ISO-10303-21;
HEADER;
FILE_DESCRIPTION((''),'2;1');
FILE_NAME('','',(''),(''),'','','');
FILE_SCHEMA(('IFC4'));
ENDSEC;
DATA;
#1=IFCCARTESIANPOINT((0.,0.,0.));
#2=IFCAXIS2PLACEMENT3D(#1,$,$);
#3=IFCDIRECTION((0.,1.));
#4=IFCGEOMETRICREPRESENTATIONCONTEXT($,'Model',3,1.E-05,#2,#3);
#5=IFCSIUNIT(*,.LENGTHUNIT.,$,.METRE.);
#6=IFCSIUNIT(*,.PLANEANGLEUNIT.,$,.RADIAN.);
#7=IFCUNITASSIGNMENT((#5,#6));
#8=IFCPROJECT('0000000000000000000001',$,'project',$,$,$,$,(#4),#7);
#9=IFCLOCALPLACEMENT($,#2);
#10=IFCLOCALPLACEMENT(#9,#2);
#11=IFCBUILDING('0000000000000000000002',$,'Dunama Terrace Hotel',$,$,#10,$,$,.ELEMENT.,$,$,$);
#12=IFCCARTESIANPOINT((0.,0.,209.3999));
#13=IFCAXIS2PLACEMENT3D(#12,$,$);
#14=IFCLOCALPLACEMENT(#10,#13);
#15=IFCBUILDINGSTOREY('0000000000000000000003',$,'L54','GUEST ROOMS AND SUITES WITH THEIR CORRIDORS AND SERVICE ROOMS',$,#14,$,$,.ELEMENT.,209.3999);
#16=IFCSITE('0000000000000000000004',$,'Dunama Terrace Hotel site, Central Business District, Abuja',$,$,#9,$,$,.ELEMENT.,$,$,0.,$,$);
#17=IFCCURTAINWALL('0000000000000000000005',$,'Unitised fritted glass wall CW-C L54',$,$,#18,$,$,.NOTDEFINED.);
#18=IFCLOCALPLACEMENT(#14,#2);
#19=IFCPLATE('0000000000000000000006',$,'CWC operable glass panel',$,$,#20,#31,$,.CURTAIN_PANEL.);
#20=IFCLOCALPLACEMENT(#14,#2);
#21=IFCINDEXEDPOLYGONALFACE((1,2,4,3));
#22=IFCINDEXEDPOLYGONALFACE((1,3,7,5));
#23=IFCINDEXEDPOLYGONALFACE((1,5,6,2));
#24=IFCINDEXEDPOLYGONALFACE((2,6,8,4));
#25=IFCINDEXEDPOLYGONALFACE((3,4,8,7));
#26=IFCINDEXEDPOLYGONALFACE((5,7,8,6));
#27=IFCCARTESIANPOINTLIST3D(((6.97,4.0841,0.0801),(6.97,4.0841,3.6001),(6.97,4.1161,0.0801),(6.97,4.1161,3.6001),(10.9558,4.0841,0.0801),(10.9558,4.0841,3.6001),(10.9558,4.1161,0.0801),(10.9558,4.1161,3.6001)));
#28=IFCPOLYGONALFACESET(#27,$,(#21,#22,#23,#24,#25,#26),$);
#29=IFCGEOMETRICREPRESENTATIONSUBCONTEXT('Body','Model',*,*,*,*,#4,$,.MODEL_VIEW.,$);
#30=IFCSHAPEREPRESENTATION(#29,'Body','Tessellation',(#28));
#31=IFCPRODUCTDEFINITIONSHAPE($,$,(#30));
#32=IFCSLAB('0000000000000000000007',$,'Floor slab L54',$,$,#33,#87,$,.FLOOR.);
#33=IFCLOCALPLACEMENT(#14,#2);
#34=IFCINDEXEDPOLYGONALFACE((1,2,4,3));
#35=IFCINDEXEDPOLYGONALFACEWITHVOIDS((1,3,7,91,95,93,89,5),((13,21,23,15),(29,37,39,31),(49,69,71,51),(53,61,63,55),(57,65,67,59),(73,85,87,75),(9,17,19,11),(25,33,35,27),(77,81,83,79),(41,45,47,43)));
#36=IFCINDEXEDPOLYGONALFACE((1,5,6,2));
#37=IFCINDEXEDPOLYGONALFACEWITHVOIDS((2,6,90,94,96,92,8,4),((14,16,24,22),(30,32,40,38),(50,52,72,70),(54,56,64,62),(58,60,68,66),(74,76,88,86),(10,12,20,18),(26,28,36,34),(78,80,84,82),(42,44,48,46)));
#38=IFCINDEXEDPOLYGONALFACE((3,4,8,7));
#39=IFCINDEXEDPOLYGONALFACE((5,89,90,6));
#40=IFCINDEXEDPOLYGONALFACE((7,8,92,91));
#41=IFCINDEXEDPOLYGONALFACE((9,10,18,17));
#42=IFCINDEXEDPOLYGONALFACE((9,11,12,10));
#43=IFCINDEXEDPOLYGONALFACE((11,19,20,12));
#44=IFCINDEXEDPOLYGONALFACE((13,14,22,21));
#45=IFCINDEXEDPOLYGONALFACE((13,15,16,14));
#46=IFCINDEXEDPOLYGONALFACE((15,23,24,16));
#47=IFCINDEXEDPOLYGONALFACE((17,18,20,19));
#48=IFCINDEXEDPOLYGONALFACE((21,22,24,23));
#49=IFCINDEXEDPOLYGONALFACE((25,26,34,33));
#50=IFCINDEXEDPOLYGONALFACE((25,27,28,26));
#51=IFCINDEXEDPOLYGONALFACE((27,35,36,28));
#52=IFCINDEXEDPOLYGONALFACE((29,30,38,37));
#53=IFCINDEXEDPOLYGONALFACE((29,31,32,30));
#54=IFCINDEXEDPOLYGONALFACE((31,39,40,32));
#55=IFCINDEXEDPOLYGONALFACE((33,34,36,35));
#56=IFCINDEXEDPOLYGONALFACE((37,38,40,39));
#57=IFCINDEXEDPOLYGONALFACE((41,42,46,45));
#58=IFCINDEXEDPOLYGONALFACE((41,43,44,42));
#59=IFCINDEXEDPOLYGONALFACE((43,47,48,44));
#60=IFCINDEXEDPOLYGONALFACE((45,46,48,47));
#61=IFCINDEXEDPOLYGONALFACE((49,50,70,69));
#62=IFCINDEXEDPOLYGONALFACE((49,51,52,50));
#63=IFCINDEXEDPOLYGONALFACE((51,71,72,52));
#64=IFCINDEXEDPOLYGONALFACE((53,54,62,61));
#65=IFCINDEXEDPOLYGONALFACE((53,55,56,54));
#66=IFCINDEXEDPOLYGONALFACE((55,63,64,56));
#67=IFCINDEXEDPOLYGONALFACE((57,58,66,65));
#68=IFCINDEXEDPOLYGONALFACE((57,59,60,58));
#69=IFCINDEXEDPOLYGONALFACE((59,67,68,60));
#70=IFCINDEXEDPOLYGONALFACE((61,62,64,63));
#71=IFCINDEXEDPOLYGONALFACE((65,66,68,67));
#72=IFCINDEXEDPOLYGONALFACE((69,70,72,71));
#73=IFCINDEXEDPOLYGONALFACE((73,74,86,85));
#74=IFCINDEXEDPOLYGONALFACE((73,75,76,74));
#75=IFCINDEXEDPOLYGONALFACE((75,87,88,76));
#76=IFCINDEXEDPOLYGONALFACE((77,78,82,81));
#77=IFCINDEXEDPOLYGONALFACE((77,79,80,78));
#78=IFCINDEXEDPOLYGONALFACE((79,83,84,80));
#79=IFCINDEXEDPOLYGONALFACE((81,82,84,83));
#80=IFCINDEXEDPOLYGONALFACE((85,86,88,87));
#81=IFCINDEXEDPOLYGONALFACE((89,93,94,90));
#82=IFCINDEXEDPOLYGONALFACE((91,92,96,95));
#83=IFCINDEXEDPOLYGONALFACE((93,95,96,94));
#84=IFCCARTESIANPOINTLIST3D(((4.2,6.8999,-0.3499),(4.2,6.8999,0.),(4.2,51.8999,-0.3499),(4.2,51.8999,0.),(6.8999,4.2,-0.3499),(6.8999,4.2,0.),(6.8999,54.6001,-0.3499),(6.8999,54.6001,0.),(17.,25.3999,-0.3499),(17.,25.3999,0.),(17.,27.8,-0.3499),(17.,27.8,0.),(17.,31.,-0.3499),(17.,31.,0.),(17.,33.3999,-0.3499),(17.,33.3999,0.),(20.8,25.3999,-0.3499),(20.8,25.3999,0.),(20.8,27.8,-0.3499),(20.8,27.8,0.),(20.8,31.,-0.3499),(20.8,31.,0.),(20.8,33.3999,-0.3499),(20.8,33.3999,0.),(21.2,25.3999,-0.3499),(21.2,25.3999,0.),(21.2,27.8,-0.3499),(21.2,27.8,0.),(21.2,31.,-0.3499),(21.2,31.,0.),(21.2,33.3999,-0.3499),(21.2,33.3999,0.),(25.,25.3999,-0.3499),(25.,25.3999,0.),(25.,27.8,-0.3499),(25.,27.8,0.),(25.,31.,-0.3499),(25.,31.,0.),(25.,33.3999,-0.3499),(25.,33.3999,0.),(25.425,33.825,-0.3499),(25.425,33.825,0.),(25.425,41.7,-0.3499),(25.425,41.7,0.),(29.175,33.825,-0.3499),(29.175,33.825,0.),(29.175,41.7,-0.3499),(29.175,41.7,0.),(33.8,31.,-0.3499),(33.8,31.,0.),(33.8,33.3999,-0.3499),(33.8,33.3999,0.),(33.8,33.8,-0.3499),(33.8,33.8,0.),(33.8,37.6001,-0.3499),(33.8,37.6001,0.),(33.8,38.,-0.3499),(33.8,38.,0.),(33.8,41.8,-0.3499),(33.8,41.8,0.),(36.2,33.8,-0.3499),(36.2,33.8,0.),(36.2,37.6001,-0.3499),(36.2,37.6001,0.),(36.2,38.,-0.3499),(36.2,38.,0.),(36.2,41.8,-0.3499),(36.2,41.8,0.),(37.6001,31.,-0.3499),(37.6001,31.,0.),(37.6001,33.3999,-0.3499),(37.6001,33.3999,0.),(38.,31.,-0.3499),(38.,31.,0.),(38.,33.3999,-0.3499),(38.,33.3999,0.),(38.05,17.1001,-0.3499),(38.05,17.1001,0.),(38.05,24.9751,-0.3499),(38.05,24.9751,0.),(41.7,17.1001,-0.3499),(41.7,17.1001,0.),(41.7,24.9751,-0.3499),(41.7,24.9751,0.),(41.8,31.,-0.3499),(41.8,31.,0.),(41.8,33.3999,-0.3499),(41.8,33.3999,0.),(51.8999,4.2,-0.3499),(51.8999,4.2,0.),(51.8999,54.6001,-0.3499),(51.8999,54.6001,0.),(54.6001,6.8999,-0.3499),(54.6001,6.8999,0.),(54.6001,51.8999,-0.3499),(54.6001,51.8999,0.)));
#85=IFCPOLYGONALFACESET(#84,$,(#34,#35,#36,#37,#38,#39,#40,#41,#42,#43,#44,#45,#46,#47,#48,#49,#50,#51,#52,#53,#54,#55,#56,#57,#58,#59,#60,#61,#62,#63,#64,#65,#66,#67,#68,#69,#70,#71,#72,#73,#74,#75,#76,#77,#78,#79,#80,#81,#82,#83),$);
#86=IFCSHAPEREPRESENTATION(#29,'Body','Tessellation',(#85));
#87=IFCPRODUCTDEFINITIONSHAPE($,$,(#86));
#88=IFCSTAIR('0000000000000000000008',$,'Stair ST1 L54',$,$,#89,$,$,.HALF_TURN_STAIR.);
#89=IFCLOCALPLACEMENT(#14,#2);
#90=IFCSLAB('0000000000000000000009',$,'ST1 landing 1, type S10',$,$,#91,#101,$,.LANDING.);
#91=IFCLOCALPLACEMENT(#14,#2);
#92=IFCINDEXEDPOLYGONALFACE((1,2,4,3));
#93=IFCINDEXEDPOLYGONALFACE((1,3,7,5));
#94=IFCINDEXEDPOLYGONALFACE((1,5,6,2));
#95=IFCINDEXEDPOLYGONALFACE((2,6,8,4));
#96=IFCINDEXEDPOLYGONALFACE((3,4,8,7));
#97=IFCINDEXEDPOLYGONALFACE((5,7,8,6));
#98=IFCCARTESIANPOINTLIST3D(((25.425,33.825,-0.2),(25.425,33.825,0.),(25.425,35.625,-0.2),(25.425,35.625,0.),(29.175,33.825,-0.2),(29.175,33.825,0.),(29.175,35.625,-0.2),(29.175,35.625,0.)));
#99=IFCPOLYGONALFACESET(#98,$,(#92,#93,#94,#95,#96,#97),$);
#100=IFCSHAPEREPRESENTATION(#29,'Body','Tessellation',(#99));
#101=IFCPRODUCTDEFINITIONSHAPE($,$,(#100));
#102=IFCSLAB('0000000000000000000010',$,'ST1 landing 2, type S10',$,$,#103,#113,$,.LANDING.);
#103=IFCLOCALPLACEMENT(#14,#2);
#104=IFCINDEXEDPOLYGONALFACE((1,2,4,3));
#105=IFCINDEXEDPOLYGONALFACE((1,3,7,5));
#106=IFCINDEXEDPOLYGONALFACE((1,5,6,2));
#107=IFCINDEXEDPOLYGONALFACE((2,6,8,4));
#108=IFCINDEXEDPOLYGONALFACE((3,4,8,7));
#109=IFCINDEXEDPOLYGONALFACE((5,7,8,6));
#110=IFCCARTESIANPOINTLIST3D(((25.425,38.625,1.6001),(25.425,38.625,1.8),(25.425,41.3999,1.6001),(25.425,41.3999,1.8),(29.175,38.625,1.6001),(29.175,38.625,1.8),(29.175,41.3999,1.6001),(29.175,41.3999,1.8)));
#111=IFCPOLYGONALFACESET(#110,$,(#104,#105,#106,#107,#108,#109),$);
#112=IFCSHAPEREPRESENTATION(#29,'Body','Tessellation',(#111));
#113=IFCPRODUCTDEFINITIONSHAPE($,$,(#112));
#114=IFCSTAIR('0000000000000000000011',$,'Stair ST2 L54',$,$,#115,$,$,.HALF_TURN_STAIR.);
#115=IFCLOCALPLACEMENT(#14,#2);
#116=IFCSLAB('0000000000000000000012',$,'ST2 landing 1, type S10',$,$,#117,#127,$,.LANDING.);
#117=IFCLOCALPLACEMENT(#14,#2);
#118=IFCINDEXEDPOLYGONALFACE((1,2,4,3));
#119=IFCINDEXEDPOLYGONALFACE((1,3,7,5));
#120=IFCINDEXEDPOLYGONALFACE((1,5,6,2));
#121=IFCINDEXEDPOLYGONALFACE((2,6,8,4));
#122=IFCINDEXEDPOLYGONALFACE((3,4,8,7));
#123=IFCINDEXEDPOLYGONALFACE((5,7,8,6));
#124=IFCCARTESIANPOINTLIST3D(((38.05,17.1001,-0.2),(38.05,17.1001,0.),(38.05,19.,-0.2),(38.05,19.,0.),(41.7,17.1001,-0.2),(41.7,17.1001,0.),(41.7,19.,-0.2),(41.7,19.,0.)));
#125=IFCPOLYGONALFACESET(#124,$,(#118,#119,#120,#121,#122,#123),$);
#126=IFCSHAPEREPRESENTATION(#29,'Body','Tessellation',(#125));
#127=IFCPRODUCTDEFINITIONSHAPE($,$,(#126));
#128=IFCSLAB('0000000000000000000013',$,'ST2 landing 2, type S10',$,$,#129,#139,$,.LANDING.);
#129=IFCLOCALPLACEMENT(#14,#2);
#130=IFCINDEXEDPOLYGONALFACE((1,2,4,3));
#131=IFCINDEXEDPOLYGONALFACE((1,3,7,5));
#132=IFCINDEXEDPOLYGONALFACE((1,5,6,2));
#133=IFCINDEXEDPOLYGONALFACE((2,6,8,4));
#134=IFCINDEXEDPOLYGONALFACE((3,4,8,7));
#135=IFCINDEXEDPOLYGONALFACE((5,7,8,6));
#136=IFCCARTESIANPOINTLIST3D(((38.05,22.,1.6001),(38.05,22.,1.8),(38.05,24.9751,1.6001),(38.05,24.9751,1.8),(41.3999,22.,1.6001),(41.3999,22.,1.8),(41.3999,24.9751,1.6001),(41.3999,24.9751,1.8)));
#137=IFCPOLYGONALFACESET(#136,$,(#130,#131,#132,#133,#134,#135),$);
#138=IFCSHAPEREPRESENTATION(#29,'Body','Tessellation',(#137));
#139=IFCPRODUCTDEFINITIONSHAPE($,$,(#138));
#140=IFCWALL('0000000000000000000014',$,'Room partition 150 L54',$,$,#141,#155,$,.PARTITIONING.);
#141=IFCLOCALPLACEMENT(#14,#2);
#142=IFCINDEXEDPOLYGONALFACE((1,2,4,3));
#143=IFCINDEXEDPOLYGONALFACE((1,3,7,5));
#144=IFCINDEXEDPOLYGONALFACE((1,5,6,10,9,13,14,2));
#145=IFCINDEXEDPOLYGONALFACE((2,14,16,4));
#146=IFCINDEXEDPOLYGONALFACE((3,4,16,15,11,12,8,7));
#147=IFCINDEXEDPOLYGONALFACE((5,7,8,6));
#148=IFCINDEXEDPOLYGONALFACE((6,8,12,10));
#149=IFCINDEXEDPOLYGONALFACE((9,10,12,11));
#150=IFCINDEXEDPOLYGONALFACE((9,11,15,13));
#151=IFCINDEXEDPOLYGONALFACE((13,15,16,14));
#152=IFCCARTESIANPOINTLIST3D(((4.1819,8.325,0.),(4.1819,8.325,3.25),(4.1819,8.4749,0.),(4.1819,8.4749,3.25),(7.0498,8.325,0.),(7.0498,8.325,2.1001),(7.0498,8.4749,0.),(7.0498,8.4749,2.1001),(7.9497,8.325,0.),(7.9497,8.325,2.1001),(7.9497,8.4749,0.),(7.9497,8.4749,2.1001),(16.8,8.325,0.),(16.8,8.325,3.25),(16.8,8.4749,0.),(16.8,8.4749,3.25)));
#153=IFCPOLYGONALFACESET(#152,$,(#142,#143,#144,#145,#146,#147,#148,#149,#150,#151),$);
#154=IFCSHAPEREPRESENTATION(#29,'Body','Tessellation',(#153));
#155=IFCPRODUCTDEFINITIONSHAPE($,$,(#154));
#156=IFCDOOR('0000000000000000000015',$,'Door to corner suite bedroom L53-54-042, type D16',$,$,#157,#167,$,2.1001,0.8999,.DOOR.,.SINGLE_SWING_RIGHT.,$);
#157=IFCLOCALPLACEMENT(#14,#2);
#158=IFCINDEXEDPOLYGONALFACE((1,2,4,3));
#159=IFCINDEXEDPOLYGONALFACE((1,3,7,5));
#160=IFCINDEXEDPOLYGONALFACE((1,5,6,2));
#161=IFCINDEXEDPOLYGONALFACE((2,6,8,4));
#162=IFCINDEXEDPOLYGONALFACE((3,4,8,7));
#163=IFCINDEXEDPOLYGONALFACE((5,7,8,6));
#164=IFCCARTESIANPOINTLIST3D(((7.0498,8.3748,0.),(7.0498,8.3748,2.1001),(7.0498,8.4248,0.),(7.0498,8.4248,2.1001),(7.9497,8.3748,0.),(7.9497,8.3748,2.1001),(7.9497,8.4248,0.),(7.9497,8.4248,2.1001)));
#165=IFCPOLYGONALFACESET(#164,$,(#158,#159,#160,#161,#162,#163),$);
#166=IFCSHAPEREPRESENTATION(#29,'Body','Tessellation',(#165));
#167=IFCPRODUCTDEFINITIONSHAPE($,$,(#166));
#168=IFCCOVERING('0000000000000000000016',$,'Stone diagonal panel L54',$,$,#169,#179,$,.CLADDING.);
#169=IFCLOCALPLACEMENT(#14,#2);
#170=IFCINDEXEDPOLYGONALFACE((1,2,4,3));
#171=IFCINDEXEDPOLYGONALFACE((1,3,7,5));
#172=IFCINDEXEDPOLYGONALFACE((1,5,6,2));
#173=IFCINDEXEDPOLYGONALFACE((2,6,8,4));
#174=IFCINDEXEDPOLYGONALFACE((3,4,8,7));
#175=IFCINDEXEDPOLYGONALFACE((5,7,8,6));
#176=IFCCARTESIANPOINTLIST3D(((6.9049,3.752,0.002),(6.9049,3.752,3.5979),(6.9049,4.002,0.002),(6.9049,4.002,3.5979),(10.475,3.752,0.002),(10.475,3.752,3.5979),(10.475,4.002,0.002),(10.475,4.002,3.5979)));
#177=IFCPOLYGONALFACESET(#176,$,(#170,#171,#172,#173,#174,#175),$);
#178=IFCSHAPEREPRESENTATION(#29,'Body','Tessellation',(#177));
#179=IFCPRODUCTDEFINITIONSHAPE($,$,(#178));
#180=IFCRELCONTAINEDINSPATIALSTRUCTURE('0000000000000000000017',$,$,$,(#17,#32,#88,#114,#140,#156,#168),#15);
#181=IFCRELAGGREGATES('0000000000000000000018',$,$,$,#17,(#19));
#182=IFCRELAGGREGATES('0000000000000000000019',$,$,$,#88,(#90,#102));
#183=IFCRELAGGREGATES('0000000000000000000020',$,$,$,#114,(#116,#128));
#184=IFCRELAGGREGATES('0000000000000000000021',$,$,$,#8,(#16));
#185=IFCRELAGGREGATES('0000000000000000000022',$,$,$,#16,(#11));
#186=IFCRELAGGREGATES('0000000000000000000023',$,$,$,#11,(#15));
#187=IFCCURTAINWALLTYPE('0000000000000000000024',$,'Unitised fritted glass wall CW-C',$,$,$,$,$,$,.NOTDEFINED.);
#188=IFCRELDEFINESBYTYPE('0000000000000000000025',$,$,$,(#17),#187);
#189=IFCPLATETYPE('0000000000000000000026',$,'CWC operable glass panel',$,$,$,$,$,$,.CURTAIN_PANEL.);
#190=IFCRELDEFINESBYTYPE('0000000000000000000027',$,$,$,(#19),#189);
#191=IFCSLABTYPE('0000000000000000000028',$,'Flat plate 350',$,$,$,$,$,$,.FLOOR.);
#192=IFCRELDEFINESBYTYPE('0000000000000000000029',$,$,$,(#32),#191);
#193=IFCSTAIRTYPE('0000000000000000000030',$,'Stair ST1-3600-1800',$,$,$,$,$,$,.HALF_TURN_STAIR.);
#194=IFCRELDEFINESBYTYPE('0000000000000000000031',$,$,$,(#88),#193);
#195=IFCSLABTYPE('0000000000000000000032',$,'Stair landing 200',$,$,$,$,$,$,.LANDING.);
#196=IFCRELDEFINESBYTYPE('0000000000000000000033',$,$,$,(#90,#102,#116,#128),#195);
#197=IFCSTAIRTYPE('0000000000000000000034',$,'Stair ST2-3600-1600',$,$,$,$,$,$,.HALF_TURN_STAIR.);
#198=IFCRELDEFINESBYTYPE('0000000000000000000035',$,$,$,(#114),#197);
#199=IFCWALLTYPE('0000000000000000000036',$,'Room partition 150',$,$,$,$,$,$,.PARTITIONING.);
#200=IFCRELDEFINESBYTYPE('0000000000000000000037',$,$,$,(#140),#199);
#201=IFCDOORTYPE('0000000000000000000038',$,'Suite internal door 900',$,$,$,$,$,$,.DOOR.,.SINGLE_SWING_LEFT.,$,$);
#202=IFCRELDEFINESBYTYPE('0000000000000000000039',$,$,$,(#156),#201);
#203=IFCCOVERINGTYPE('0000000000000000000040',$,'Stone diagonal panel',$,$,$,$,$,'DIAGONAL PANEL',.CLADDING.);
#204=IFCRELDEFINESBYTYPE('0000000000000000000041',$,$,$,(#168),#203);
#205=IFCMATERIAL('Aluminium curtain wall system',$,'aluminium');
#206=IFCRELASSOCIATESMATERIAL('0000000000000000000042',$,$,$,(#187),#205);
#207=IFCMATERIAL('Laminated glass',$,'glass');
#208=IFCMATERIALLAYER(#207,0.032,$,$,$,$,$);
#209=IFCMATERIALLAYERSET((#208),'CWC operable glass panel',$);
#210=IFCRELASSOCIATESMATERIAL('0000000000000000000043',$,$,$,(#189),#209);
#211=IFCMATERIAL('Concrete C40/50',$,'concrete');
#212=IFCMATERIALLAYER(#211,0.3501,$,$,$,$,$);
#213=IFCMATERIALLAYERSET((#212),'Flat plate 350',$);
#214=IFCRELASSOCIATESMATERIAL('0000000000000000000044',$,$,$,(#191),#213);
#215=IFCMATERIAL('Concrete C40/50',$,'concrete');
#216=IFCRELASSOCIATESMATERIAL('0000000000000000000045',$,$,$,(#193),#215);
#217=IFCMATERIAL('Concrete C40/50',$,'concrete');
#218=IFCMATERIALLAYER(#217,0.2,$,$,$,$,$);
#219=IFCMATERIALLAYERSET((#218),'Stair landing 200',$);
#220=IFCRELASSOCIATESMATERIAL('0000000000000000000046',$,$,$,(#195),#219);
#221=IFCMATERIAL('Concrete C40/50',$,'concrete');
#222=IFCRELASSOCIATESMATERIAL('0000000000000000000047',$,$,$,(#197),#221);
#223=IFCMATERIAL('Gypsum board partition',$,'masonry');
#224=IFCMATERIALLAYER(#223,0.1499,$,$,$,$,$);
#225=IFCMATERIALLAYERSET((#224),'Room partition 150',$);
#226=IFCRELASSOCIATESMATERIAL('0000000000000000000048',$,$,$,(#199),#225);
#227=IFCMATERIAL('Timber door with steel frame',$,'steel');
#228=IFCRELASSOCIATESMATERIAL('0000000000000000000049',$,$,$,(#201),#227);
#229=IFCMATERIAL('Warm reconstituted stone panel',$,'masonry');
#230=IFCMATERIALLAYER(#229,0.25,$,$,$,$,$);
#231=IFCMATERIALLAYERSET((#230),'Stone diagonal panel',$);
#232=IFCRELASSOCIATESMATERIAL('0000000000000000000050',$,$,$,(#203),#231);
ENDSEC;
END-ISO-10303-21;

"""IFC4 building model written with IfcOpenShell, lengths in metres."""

from ifc_helpers import new_model, si_unit, direction, frame, frame_2d, origin, origin_2d, place, context, subcontext, project, spatial, polyline, rectangle, outline, extrude, material, layer, layer_set, type_object, element, fill, aggregate, save


model = new_model("IFC4")

# Units and contexts
model_context = context("Model", 3, precision=1e-05, world=origin(), true_north=direction((0.0, 1.0)))
body_context = subcontext(model_context, "Body", "Model", "MODEL_VIEW")
ifc_project = project(units=[si_unit("LENGTHUNIT", "METRE"), si_unit("PLANEANGLEUNIT", "RADIAN")], contexts=[model_context])

# Site, building, storey
site_placement = place(None, origin())
site = spatial("IfcSite", under=ifc_project, at=site_placement, Name="Dunama Terrace Hotel site, Central Business District, Abuja", CompositionType="ELEMENT", RefElevation=0.0)
building_placement = place(site_placement, origin())
building = spatial("IfcBuilding", under=site, at=building_placement, Name="Dunama Terrace Hotel", CompositionType="ELEMENT")
storey_placement = place(building_placement, frame((0.0, 0.0, 209.3999)))
storey = spatial("IfcBuildingStorey", under=building, at=storey_placement, Name="L54", Description="GUEST ROOMS AND SUITES WITH THEIR CORRIDORS AND SERVICE ROOMS", CompositionType="ELEMENT", Elevation=209.3999)

# Curtain wall
ifc_material_1 = material(Name="Aluminium curtain wall system", Category="aluminium")
curtain_wall_type = type_object("IfcCurtainWallType", Name="Unitised fritted glass wall CW-C", PredefinedType="NOTDEFINED", material=ifc_material_1)
curtain_wall_1_placement = place(storey_placement, origin())
curtain_wall_1 = element("IfcCurtainWall", 1, at=curtain_wall_1_placement, inside=storey, type_object=curtain_wall_type, Name="Unitised fritted glass wall CW-C L54", PredefinedType="NOTDEFINED")

# Plate
ifc_material_2 = material(Name="Laminated glass", Category="glass")
ifc_layer_1 = layer(ifc_material_2, 0.032)
ifc_layer_set_1 = layer_set([ifc_layer_1], Name="CWC operable glass panel")
plate_type_1 = type_object("IfcPlateType", Name="CWC operable glass panel", PredefinedType="CURTAIN_PANEL", material=ifc_layer_set_1)
plate_1_placement = place(storey_placement, frame((8.9629, 4.1001, 0.0801), z_axis=(0.0, 0.0, 1.0), x_axis=(1.0, 0.0, 0.0)))
plate_1 = element("IfcPlate", 2, at=plate_1_placement, type_object=plate_type_1, Name="CWC operable glass panel", PredefinedType="CURTAIN_PANEL", context=body_context, shape_type="SweptSolid", body=[
    extrude(rectangle(XDim=3.9858, YDim=0.032, at=origin_2d()), origin(), (0.0, 0.0, 1.0), 3.52),
])
aggregate(curtain_wall_1, [plate_1])

# Slab
ifc_material_3 = material(Name="Concrete C40/50", Category="concrete")
ifc_layer_2 = layer(ifc_material_3, 0.3501)
ifc_layer_set_2 = layer_set([ifc_layer_2], Name="Flat plate 350")
slab_type_1 = type_object("IfcSlabType", Name="Flat plate 350", PredefinedType="FLOOR", material=ifc_layer_set_2)
slab_1_placement = place(storey_placement, frame((0.0, 0.0, -0.3499)))
element("IfcSlab", 3, at=slab_1_placement, inside=storey, type_object=slab_type_1, Name="Floor slab L54", PredefinedType="FLOOR", context=body_context, shape_type="SweptSolid", body=[
    extrude(outline(polyline([(6.8999, 4.2), (51.8999, 4.2), (54.6001, 6.8999), (54.6001, 51.8999), (51.8999, 54.6001), (6.8999, 54.6001), (4.2, 51.8999), (4.2, 6.8999), (6.8999, 4.2)]), holes=[polyline([(20.8, 25.3999), (20.8, 27.8), (17.0, 27.8), (17.0, 25.3999), (20.8, 25.3999)]), polyline([(25.0, 25.3999), (25.0, 27.8), (21.2, 27.8), (21.2, 25.3999), (25.0, 25.3999)]), polyline([(20.8, 31.0), (20.8, 33.3999), (17.0, 33.3999), (17.0, 31.0), (20.8, 31.0)]), polyline([(25.0, 31.0), (25.0, 33.3999), (21.2, 33.3999), (21.2, 31.0), (25.0, 31.0)]), polyline([(37.6001, 31.0), (37.6001, 33.3999), (33.8, 33.3999), (33.8, 31.0), (37.6001, 31.0)]), polyline([(41.8, 31.0), (41.8, 33.3999), (38.0, 33.3999), (38.0, 31.0), (41.8, 31.0)]), polyline([(36.2, 38.0), (36.2, 41.8), (33.8, 41.8), (33.8, 38.0), (36.2, 38.0)]), polyline([(36.2, 33.8), (36.2, 37.6001), (33.8, 37.6001), (33.8, 33.8), (36.2, 33.8)]), polyline([(29.175, 33.825), (29.175, 41.7), (25.425, 41.7), (25.425, 33.825), (29.175, 33.825)]), polyline([(41.7, 17.1001), (41.7, 24.9751), (38.05, 24.9751), (38.05, 17.1001), (41.7, 17.1001)])]), origin(), (0.0, 0.0, 1.0), 0.3499),
])

# Stairs, slabs
ifc_material_4 = material(Name="Concrete C40/50", Category="concrete")
stair_type_1 = type_object("IfcStairType", Name="Stair ST1-3600-1800", PredefinedType="HALF_TURN_STAIR", material=ifc_material_4)
stair_1_placement = place(storey_placement, origin())
stair_1 = element("IfcStair", 4, at=stair_1_placement, inside=storey, type_object=stair_type_1, Name="Stair ST1 L54", PredefinedType="HALF_TURN_STAIR")
ifc_material_5 = material(Name="Concrete C40/50", Category="concrete")
ifc_layer_3 = layer(ifc_material_5, 0.2)
ifc_layer_set_3 = layer_set([ifc_layer_3], Name="Stair landing 200")
slab_type_2 = type_object("IfcSlabType", Name="Stair landing 200", PredefinedType="LANDING", material=ifc_layer_set_3)
slab_2_placement = place(storey_placement, frame((0.0, 0.0, -0.2)))
slab_2 = element("IfcSlab", 5, at=slab_2_placement, type_object=slab_type_2, Name="ST1 landing 1, type S10", PredefinedType="LANDING", context=body_context, shape_type="SweptSolid", body=[
    extrude(outline(polyline([(25.425, 33.825), (29.175, 33.825), (29.175, 35.625), (25.425, 35.625), (25.425, 33.825)])), origin(), (0.0, 0.0, 1.0), 0.2),
])
slab_3_placement = place(storey_placement, frame((0.0, 0.0, 1.6001)))
slab_3 = element("IfcSlab", 6, at=slab_3_placement, type_object=slab_type_2, Name="ST1 landing 2, type S10", PredefinedType="LANDING", context=body_context, shape_type="SweptSolid", body=[
    extrude(outline(polyline([(25.425, 38.625), (29.175, 38.625), (29.175, 41.3999), (25.425, 41.3999), (25.425, 38.625)])), origin(), (0.0, 0.0, 1.0), 0.2),
])
aggregate(stair_1, [slab_2, slab_3])
ifc_material_6 = material(Name="Concrete C40/50", Category="concrete")
stair_type_2 = type_object("IfcStairType", Name="Stair ST2-3600-1600", PredefinedType="HALF_TURN_STAIR", material=ifc_material_6)
stair_2_placement = place(storey_placement, origin())
stair_2 = element("IfcStair", 7, at=stair_2_placement, inside=storey, type_object=stair_type_2, Name="Stair ST2 L54", PredefinedType="HALF_TURN_STAIR")
slab_4_placement = place(storey_placement, frame((0.0, 0.0, -0.2)))
slab_4 = element("IfcSlab", 8, at=slab_4_placement, type_object=slab_type_2, Name="ST2 landing 1, type S10", PredefinedType="LANDING", context=body_context, shape_type="SweptSolid", body=[
    extrude(outline(polyline([(38.05, 17.1001), (41.7, 17.1001), (41.7, 19.0), (38.05, 19.0), (38.05, 17.1001)])), origin(), (0.0, 0.0, 1.0), 0.2),
])
slab_5_placement = place(storey_placement, frame((0.0, 0.0, 1.6001)))
slab_5 = element("IfcSlab", 9, at=slab_5_placement, type_object=slab_type_2, Name="ST2 landing 2, type S10", PredefinedType="LANDING", context=body_context, shape_type="SweptSolid", body=[
    extrude(outline(polyline([(38.05, 22.0), (41.3999, 22.0), (41.3999, 24.9751), (38.05, 24.9751), (38.05, 22.0)])), origin(), (0.0, 0.0, 1.0), 0.2),
])
aggregate(stair_2, [slab_4, slab_5])

# Wall, opening, door
ifc_material_7 = material(Name="Gypsum board partition", Category="masonry")
ifc_layer_4 = layer(ifc_material_7, 0.1499)
ifc_layer_set_4 = layer_set([ifc_layer_4], Name="Room partition 150")
wall_type = type_object("IfcWallType", Name="Room partition 150", PredefinedType="PARTITIONING", material=ifc_layer_set_4)
wall_placement = place(storey_placement, frame((4.1819, 8.3999, 0.0), z_axis=(0.0, 0.0, 1.0), x_axis=(1.0, 0.0, 0.0)))
wall = element("IfcWall", 10, at=wall_placement, inside=storey, type_object=wall_type, Name="Room partition 150 L54", PredefinedType="PARTITIONING", context=body_context, shape_type="SweptSolid", body=[
    extrude(rectangle(XDim=12.6182, YDim=0.1499, at=frame_2d((6.3091, 0.0))), origin(), (0.0, 0.0, 1.0), 3.25),
])
opening_placement = place(wall_placement, frame((2.8679, 0.0, 0.0)))
opening = element("IfcOpeningElement", 11, at=opening_placement, cuts=wall, PredefinedType="OPENING", context=body_context, shape_type="SweptSolid", body=[
    extrude(rectangle(XDim=0.8999, YDim=2.1001, at=frame_2d((0.45, 1.05))), frame((0.0, 0.085, 0.0), z_axis=(0.0, -1.0, 0.0), x_axis=(1.0, 0.0, 0.0)), (0.0, 0.0, 1.0), 0.1699),
])
ifc_material_8 = material(Name="Timber door with steel frame", Category="steel")
door_type = type_object("IfcDoorType", Name="Suite internal door 900", OperationType="SINGLE_SWING_LEFT", PredefinedType="DOOR", material=ifc_material_8)
door_placement = place(opening_placement, frame((0.8999, 0.0, 0.0), z_axis=(0.0, 0.0, 1.0), x_axis=(-1.0, 0.0, 0.0)))
door = element("IfcDoor", 12, at=door_placement, inside=storey, type_object=door_type, Name="Door to corner suite bedroom L53-54-042, type D16", OperationType="SINGLE_SWING_RIGHT", OverallHeight=2.1001, OverallWidth=0.8999, PredefinedType="DOOR", context=body_context, shape_type="SweptSolid", body=[
    extrude(rectangle(XDim=0.8999, YDim=2.1001, at=frame_2d((0.45, 1.05))), frame((0.0, 0.0251, 0.0), z_axis=(0.0, -1.0, 0.0), x_axis=(1.0, 0.0, 0.0)), (0.0, 0.0, 1.0), 0.05),
])
fill(opening, door)

# Covering
ifc_material_9 = material(Name="Warm reconstituted stone panel", Category="masonry")
ifc_layer_5 = layer(ifc_material_9, 0.25)
ifc_layer_set_5 = layer_set([ifc_layer_5], Name="Stone diagonal panel")
covering_type = type_object("IfcCoveringType", Name="Stone diagonal panel", ElementType="DIAGONAL PANEL", PredefinedType="CLADDING", material=ifc_layer_set_5)
for number, where, z_axis, x_axis, name in (
    (13, (8.6899, 3.877, 0.002), (0.0, 0.0, 1.0), (1.0, 0.0, 0.0), "Stone diagonal panel L54"),
):
    element("IfcCovering", number, at=place(storey_placement, frame(where, z_axis=z_axis, x_axis=x_axis)), inside=storey, type_object=covering_type, Name=name, PredefinedType="CLADDING", context=body_context, shape_type="SweptSolid", body=[
        extrude(rectangle(XDim=3.5701, YDim=0.25, at=origin_2d()), origin(), (0.0, 0.0, 1.0), 3.5959),
    ])

save(model, "model.ifc")
